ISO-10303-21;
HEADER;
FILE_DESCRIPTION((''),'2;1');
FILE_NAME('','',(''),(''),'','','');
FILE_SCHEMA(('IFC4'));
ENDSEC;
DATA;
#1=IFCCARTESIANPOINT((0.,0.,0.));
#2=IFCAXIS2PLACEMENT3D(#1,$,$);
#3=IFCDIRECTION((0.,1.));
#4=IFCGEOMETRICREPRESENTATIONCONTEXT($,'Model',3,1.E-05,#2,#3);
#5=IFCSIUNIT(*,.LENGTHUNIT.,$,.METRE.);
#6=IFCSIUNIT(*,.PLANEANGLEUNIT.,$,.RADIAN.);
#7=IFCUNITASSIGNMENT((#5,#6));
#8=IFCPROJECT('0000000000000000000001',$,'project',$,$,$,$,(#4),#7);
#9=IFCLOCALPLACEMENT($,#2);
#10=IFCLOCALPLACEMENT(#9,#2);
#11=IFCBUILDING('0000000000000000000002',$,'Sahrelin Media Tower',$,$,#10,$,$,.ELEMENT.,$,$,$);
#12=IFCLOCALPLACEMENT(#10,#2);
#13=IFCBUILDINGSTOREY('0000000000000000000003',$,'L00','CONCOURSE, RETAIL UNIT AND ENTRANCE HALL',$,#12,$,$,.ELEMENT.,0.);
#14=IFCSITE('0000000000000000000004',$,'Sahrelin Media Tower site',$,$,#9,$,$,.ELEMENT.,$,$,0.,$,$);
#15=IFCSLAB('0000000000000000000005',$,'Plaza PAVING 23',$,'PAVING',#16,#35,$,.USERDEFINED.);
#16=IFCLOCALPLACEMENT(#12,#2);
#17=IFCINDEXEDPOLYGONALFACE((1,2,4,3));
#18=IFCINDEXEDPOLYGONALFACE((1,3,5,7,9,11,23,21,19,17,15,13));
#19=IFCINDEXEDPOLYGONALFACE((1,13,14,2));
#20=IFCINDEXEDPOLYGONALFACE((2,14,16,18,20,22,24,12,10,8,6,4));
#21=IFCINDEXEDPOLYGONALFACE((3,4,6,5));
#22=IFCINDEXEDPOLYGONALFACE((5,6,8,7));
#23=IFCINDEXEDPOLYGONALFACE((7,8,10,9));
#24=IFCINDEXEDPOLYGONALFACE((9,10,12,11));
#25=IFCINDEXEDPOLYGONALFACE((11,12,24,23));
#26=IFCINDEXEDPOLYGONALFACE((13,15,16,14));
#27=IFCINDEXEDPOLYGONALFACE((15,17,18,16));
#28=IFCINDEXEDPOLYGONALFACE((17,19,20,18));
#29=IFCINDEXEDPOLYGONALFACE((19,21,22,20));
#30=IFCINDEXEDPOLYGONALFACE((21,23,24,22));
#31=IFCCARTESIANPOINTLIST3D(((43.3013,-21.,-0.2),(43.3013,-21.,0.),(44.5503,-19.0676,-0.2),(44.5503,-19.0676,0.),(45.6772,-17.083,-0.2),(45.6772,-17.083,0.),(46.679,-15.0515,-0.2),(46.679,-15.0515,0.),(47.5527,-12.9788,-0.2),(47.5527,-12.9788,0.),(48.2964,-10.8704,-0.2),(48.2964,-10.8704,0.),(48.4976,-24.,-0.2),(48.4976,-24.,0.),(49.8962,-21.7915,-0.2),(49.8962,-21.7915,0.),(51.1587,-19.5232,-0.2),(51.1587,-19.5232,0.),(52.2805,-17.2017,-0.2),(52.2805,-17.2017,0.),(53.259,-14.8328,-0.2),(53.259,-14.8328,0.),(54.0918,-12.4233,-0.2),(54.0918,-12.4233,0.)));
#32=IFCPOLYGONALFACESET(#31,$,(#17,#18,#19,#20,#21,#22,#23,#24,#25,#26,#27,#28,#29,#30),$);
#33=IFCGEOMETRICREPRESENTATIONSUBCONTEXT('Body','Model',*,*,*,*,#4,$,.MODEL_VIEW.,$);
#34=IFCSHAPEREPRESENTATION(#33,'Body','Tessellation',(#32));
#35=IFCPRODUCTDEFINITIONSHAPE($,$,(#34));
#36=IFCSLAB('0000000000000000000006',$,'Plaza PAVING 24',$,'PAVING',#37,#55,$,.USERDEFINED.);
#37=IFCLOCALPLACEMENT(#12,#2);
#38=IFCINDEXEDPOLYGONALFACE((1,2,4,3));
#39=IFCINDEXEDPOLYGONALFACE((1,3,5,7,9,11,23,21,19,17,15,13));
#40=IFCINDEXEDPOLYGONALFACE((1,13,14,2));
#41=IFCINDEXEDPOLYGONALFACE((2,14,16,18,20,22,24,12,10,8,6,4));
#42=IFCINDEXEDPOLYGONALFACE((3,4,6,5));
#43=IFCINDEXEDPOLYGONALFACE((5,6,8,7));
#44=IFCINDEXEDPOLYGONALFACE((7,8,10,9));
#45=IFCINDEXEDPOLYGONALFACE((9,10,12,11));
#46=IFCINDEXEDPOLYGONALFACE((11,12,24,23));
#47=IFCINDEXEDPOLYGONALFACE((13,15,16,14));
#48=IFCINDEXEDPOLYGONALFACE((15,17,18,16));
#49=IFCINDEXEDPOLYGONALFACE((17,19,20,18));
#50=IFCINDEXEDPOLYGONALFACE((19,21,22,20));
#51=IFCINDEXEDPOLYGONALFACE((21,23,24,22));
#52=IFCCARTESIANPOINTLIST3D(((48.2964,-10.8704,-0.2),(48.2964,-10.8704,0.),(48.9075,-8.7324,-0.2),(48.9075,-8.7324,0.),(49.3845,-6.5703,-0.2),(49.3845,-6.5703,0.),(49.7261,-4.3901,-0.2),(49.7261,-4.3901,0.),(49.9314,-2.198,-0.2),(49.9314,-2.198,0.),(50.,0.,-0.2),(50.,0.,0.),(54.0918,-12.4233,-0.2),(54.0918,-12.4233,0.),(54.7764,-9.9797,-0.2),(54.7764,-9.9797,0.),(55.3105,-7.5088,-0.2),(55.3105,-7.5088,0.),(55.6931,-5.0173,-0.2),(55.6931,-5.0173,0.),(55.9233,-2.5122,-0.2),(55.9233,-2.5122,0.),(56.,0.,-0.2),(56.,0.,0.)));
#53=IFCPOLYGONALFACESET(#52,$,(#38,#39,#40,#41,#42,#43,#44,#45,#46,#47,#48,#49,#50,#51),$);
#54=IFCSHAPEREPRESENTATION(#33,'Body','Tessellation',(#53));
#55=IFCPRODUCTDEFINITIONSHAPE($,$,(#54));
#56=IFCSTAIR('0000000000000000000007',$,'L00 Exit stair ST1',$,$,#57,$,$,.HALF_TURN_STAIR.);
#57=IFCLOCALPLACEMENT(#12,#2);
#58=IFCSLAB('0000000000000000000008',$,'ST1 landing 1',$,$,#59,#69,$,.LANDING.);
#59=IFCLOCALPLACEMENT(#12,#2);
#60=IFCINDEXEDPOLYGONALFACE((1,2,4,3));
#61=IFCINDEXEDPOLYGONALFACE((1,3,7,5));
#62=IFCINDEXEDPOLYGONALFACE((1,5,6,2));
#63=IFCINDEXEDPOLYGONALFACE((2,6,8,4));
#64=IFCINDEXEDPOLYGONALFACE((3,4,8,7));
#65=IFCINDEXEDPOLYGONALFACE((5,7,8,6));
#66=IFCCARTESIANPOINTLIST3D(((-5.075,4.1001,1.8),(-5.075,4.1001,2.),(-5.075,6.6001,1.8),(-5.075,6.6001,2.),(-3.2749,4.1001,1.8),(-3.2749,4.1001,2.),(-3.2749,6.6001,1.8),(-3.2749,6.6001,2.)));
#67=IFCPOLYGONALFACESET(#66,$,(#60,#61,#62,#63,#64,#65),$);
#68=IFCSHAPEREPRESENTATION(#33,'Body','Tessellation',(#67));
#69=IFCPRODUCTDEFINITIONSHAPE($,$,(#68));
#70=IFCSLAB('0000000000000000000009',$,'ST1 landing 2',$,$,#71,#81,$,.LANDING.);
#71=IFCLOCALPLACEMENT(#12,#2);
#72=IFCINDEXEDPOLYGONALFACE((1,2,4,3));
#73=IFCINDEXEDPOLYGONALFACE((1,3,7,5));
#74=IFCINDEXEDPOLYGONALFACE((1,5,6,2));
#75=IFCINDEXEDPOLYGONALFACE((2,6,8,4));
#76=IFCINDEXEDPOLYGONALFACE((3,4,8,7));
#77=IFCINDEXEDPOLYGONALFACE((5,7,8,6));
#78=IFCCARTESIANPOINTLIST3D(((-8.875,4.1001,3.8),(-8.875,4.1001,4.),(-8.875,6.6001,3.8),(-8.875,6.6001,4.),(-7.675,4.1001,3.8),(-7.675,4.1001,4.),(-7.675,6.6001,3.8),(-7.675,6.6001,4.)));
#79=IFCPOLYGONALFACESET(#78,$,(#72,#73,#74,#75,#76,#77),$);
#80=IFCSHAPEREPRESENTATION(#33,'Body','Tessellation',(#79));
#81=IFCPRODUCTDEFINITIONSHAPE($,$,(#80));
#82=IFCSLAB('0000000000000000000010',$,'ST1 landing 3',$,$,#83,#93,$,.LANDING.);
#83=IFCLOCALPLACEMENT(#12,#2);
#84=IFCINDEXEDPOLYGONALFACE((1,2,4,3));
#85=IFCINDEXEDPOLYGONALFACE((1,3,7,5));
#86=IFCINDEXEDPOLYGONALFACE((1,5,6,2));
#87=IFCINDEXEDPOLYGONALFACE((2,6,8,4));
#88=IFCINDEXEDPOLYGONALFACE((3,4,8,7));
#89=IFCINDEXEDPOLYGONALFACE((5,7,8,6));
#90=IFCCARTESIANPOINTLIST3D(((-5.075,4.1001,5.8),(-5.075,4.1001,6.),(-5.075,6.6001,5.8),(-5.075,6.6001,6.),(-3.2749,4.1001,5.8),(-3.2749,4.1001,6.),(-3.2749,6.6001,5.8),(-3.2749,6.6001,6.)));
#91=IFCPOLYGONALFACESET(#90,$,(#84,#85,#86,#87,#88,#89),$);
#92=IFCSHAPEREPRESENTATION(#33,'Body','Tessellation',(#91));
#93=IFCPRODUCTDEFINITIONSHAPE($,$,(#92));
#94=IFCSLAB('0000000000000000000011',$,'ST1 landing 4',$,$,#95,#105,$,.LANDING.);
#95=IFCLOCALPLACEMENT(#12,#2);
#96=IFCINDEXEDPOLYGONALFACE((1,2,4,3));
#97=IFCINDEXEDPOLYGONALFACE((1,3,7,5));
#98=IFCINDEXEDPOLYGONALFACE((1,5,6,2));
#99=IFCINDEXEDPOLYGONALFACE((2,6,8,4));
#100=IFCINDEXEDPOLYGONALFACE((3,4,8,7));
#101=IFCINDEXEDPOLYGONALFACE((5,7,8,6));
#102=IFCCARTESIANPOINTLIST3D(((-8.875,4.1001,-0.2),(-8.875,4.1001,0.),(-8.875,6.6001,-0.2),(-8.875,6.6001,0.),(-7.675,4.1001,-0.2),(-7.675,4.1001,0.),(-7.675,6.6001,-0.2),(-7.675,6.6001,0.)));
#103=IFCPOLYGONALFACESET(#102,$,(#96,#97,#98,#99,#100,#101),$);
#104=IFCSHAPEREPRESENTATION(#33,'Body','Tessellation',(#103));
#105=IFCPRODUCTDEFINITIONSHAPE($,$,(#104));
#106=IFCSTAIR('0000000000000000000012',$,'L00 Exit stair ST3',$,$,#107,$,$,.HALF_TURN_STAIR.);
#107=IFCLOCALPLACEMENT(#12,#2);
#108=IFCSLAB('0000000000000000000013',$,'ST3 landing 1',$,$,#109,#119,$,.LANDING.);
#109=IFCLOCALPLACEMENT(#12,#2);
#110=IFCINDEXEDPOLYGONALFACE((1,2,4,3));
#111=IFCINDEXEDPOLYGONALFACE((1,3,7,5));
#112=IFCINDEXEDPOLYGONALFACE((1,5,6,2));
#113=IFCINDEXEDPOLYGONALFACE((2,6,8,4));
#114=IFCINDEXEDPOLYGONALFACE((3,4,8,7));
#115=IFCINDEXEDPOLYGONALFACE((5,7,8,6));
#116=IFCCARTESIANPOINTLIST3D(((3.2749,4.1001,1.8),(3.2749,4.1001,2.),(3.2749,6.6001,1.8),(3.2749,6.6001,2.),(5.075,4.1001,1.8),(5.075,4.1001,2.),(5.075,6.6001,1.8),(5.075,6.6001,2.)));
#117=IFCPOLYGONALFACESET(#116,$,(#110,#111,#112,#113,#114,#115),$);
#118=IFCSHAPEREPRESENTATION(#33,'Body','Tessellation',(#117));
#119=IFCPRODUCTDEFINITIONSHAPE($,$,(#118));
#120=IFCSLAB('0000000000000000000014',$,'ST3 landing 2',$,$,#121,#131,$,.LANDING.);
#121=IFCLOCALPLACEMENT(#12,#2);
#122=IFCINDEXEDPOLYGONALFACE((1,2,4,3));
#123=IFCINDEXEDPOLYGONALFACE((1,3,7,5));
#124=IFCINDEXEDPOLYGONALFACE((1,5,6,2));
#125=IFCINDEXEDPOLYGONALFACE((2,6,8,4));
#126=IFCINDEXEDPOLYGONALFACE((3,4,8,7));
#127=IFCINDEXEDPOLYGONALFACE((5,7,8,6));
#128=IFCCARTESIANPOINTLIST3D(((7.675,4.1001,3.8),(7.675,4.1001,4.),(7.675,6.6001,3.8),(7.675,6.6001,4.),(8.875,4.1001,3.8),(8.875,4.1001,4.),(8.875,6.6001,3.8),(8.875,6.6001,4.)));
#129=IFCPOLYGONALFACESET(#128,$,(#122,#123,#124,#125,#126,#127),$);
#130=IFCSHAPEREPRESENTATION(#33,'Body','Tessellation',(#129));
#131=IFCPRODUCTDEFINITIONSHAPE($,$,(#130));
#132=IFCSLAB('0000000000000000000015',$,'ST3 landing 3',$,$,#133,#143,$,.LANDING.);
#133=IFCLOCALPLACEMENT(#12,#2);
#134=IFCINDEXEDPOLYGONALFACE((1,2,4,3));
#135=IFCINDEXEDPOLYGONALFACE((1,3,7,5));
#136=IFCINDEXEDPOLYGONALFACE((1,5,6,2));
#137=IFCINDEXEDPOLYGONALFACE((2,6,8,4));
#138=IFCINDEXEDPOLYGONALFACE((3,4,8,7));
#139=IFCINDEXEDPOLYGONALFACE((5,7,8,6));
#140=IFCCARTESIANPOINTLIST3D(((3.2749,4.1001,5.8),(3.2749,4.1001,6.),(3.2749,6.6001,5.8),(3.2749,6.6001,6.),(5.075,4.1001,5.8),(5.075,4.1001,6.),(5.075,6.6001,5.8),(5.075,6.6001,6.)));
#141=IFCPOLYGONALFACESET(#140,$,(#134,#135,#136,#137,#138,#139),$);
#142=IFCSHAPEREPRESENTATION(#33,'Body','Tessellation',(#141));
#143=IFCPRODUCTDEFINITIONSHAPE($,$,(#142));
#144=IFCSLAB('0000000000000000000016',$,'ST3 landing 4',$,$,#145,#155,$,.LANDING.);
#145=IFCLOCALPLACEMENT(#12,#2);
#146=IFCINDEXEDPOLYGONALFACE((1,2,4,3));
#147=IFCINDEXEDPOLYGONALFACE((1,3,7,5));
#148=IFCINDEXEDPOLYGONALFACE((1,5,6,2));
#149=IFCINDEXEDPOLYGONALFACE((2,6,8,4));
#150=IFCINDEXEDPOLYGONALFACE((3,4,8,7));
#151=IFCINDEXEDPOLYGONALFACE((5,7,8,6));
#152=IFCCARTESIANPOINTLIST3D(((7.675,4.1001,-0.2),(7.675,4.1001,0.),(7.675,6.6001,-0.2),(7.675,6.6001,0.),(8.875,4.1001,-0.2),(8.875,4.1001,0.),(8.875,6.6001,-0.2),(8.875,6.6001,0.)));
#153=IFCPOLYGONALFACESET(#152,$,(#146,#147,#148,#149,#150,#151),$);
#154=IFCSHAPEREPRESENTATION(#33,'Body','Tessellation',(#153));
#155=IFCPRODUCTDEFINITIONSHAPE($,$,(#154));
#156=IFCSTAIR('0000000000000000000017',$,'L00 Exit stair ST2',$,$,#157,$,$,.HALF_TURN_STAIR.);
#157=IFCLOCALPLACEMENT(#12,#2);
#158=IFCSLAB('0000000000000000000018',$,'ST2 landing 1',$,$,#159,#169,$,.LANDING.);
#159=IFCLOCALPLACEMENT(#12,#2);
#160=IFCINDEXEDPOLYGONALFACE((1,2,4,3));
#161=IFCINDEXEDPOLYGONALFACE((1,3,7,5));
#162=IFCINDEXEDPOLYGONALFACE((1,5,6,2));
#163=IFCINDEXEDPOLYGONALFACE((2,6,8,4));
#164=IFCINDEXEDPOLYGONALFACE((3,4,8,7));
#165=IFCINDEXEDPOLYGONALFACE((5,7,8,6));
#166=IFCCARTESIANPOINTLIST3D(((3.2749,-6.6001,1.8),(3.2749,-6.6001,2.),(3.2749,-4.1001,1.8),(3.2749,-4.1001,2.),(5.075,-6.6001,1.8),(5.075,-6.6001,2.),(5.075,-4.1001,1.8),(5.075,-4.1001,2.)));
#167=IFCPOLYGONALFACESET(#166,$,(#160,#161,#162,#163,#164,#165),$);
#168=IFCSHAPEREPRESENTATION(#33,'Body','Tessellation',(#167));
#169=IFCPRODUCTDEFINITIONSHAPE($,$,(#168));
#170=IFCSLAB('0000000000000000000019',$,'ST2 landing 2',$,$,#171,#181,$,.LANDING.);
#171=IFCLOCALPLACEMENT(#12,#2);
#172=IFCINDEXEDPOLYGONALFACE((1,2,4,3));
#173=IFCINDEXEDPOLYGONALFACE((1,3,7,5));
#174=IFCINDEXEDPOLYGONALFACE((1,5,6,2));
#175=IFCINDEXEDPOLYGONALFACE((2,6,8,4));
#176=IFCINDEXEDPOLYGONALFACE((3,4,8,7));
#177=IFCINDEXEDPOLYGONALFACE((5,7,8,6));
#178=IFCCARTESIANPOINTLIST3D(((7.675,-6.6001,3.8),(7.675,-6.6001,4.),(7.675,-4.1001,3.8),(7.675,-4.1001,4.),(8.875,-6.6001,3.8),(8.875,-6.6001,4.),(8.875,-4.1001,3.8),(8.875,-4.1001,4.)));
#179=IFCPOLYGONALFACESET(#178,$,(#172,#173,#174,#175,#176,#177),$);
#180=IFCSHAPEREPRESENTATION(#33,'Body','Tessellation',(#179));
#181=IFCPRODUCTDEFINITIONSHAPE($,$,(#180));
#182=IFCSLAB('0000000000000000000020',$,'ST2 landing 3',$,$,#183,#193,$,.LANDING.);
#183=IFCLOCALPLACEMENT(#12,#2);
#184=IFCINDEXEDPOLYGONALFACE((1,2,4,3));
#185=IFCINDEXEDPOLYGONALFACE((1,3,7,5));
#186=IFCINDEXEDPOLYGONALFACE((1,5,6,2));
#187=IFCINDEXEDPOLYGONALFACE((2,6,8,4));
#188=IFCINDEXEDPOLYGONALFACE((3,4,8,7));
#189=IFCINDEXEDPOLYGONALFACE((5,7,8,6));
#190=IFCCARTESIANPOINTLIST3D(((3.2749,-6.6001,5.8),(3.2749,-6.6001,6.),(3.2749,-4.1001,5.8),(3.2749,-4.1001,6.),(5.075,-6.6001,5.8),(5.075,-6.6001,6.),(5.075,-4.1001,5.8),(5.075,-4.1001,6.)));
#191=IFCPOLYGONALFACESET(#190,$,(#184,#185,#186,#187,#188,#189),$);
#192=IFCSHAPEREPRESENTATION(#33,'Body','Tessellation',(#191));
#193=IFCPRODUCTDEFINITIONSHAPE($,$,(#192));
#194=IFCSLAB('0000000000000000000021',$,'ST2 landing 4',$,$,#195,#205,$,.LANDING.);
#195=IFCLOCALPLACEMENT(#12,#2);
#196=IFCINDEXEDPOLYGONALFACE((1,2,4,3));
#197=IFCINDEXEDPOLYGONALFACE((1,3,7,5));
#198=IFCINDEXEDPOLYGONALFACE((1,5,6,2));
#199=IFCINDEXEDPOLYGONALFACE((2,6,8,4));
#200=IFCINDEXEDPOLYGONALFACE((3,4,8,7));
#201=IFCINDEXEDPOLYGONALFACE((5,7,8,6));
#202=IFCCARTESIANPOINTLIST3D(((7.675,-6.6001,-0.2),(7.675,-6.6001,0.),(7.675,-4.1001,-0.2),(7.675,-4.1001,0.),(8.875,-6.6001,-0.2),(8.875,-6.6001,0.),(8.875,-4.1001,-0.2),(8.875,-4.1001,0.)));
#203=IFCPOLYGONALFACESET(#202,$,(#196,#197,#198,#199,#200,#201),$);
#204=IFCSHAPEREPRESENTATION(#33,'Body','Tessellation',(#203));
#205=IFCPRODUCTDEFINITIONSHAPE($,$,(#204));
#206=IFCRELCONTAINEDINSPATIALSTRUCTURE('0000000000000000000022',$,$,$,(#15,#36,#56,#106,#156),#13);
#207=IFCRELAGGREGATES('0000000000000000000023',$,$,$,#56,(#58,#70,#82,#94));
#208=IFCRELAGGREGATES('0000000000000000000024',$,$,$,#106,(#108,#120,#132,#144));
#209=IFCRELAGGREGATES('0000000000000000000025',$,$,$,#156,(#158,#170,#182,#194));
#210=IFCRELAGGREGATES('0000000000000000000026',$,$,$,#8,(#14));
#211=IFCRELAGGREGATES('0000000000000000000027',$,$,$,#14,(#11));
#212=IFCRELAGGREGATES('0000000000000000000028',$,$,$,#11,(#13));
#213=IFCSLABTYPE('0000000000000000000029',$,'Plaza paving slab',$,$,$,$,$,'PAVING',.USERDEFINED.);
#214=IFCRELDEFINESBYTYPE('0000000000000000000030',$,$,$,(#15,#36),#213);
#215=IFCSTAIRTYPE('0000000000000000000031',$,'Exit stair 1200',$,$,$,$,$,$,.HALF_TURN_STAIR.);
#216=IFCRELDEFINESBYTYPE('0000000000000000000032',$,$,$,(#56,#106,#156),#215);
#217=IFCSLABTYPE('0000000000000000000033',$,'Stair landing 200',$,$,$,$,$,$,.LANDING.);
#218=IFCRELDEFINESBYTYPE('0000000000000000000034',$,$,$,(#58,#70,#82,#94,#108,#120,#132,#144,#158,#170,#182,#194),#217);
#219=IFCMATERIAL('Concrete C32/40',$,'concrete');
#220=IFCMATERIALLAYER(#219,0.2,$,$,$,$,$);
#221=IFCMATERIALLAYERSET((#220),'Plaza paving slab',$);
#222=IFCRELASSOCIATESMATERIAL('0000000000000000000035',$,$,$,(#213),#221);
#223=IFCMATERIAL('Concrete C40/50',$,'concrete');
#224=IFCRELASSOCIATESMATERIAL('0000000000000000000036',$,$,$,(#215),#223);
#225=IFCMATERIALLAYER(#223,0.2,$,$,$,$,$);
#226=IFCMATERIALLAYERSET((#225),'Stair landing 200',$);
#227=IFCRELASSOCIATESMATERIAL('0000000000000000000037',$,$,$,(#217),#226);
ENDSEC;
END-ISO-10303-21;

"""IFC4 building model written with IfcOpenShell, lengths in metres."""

from ifc_helpers import new_model, si_unit, direction, frame, origin, place, context, subcontext, project, spatial, polyline, outline, extrude, material, layer, layer_set, type_object, element, aggregate, save


model = new_model("IFC4")

# Units and contexts
model_context = context("Model", 3, precision=1e-05, world=origin(), true_north=direction((0.0, 1.0)))
body_context = subcontext(model_context, "Body", "Model", "MODEL_VIEW")
ifc_project = project(units=[si_unit("LENGTHUNIT", "METRE"), si_unit("PLANEANGLEUNIT", "RADIAN")], contexts=[model_context])

# Site, building, storey
site_placement = place(None, origin())
site = spatial("IfcSite", under=ifc_project, at=site_placement, Name="Sahrelin Media Tower site", CompositionType="ELEMENT", RefElevation=0.0)
building_placement = place(site_placement, origin())
building = spatial("IfcBuilding", under=site, at=building_placement, Name="Sahrelin Media Tower", CompositionType="ELEMENT")
storey_placement = place(building_placement, origin())
storey = spatial("IfcBuildingStorey", under=building, at=storey_placement, Name="L00", Description="CONCOURSE, RETAIL UNIT AND ENTRANCE HALL", CompositionType="ELEMENT", Elevation=0.0)

# Slabs
ifc_material_1 = material(Name="Concrete C32/40", Category="concrete")
ifc_layer_1 = layer(ifc_material_1, 0.2)
ifc_layer_set_1 = layer_set([ifc_layer_1], Name="Plaza paving slab")
slab_type_1 = type_object("IfcSlabType", Name="Plaza paving slab", ElementType="PAVING", PredefinedType="USERDEFINED", material=ifc_layer_set_1)
placement_1 = place(storey_placement, frame((0.0, 0.0, -0.2)))
element("IfcSlab", 1, at=placement_1, inside=storey, type_object=slab_type_1, Name="Plaza PAVING 23", ObjectType="PAVING", PredefinedType="USERDEFINED", context=body_context, shape_type="SweptSolid", body=[
    extrude(outline(polyline([(43.3013, -21.0), (44.5503, -19.0676), (45.6772, -17.083), (46.679, -15.0515), (47.5527, -12.9788), (48.2964, -10.8704), (54.0918, -12.4233), (53.259, -14.8328), (52.2805, -17.2017), (51.1587, -19.5232), (49.8962, -21.7915), (48.4976, -24.0), (43.3013, -21.0)])), origin(), (0.0, 0.0, 1.0), 0.2),
])
element("IfcSlab", 2, at=placement_1, inside=storey, type_object=slab_type_1, Name="Plaza PAVING 24", ObjectType="PAVING", PredefinedType="USERDEFINED", context=body_context, shape_type="SweptSolid", body=[
    extrude(outline(polyline([(48.2964, -10.8704), (48.9075, -8.7324), (49.3845, -6.5703), (49.7261, -4.3901), (49.9314, -2.198), (50.0, 0.0), (56.0, 0.0), (55.9233, -2.5122), (55.6931, -5.0173), (55.3105, -7.5088), (54.7764, -9.9797), (54.0918, -12.4233), (48.2964, -10.8704)])), origin(), (0.0, 0.0, 1.0), 0.2),
])

# Stairs, slabs
ifc_material_2 = material(Name="Concrete C40/50", Category="concrete")
stair_type_1 = type_object("IfcStairType", Name="Exit stair 1200", PredefinedType="HALF_TURN_STAIR", material=ifc_material_2)
placement_2 = place(storey_placement, origin())
stair_1 = element("IfcStair", 3, at=placement_2, inside=storey, type_object=stair_type_1, Name="L00 Exit stair ST1", PredefinedType="HALF_TURN_STAIR")
ifc_layer_2 = layer(ifc_material_2, 0.2)
ifc_layer_set_2 = layer_set([ifc_layer_2], Name="Stair landing 200")
slab_type_2 = type_object("IfcSlabType", Name="Stair landing 200", PredefinedType="LANDING", material=ifc_layer_set_2)
placement_3 = place(storey_placement, frame((0.0, 0.0, 1.8)))
slab_1 = element("IfcSlab", 4, at=placement_3, type_object=slab_type_2, Name="ST1 landing 1", PredefinedType="LANDING", context=body_context, shape_type="SweptSolid", body=[
    extrude(outline(polyline([(-5.075, 4.1001), (-3.2749, 4.1001), (-3.2749, 6.6001), (-5.075, 6.6001), (-5.075, 4.1001)])), origin(), (0.0, 0.0, 1.0), 0.2),
])
placement_4 = place(storey_placement, frame((0.0, 0.0, 3.8)))
slab_2 = element("IfcSlab", 5, at=placement_4, type_object=slab_type_2, Name="ST1 landing 2", PredefinedType="LANDING", context=body_context, shape_type="SweptSolid", body=[
    extrude(outline(polyline([(-8.875, 4.1001), (-7.675, 4.1001), (-7.675, 6.6001), (-8.875, 6.6001), (-8.875, 4.1001)])), origin(), (0.0, 0.0, 1.0), 0.2),
])
placement_5 = place(storey_placement, frame((0.0, 0.0, 5.8)))
slab_3 = element("IfcSlab", 6, at=placement_5, type_object=slab_type_2, Name="ST1 landing 3", PredefinedType="LANDING", context=body_context, shape_type="SweptSolid", body=[
    extrude(outline(polyline([(-5.075, 4.1001), (-3.2749, 4.1001), (-3.2749, 6.6001), (-5.075, 6.6001), (-5.075, 4.1001)])), origin(), (0.0, 0.0, 1.0), 0.2),
])
slab_4 = element("IfcSlab", 7, at=placement_1, type_object=slab_type_2, Name="ST1 landing 4", PredefinedType="LANDING", context=body_context, shape_type="SweptSolid", body=[
    extrude(outline(polyline([(-8.875, 4.1001), (-7.675, 4.1001), (-7.675, 6.6001), (-8.875, 6.6001), (-8.875, 4.1001)])), origin(), (0.0, 0.0, 1.0), 0.2),
])
aggregate(stair_1, [slab_1, slab_2, slab_3, slab_4])
stair_2 = element("IfcStair", 8, at=placement_2, inside=storey, type_object=stair_type_1, Name="L00 Exit stair ST3", PredefinedType="HALF_TURN_STAIR")
slab_5 = element("IfcSlab", 9, at=placement_3, type_object=slab_type_2, Name="ST3 landing 1", PredefinedType="LANDING", context=body_context, shape_type="SweptSolid", body=[
    extrude(outline(polyline([(5.075, 6.6001), (3.2749, 6.6001), (3.2749, 4.1001), (5.075, 4.1001), (5.075, 6.6001)])), origin(), (0.0, 0.0, 1.0), 0.2),
])
slab_6 = element("IfcSlab", 10, at=placement_4, type_object=slab_type_2, Name="ST3 landing 2", PredefinedType="LANDING", context=body_context, shape_type="SweptSolid", body=[
    extrude(outline(polyline([(8.875, 6.6001), (7.675, 6.6001), (7.675, 4.1001), (8.875, 4.1001), (8.875, 6.6001)])), origin(), (0.0, 0.0, 1.0), 0.2),
])
slab_7 = element("IfcSlab", 11, at=placement_5, type_object=slab_type_2, Name="ST3 landing 3", PredefinedType="LANDING", context=body_context, shape_type="SweptSolid", body=[
    extrude(outline(polyline([(5.075, 6.6001), (3.2749, 6.6001), (3.2749, 4.1001), (5.075, 4.1001), (5.075, 6.6001)])), origin(), (0.0, 0.0, 1.0), 0.2),
])
slab_8 = element("IfcSlab", 12, at=placement_1, type_object=slab_type_2, Name="ST3 landing 4", PredefinedType="LANDING", context=body_context, shape_type="SweptSolid", body=[
    extrude(outline(polyline([(8.875, 6.6001), (7.675, 6.6001), (7.675, 4.1001), (8.875, 4.1001), (8.875, 6.6001)])), origin(), (0.0, 0.0, 1.0), 0.2),
])
aggregate(stair_2, [slab_5, slab_6, slab_7, slab_8])
stair_3 = element("IfcStair", 13, at=placement_2, inside=storey, type_object=stair_type_1, Name="L00 Exit stair ST2", PredefinedType="HALF_TURN_STAIR")
slab_9 = element("IfcSlab", 14, at=placement_3, type_object=slab_type_2, Name="ST2 landing 1", PredefinedType="LANDING", context=body_context, shape_type="SweptSolid", body=[
    extrude(outline(polyline([(5.075, -4.1001), (3.2749, -4.1001), (3.2749, -6.6001), (5.075, -6.6001), (5.075, -4.1001)])), origin(), (0.0, 0.0, 1.0), 0.2),
])
slab_10 = element("IfcSlab", 15, at=placement_4, type_object=slab_type_2, Name="ST2 landing 2", PredefinedType="LANDING", context=body_context, shape_type="SweptSolid", body=[
    extrude(outline(polyline([(8.875, -4.1001), (7.675, -4.1001), (7.675, -6.6001), (8.875, -6.6001), (8.875, -4.1001)])), origin(), (0.0, 0.0, 1.0), 0.2),
])
slab_11 = element("IfcSlab", 16, at=placement_5, type_object=slab_type_2, Name="ST2 landing 3", PredefinedType="LANDING", context=body_context, shape_type="SweptSolid", body=[
    extrude(outline(polyline([(5.075, -4.1001), (3.2749, -4.1001), (3.2749, -6.6001), (5.075, -6.6001), (5.075, -4.1001)])), origin(), (0.0, 0.0, 1.0), 0.2),
])
slab_12 = element("IfcSlab", 17, at=placement_1, type_object=slab_type_2, Name="ST2 landing 4", PredefinedType="LANDING", context=body_context, shape_type="SweptSolid", body=[
    extrude(outline(polyline([(8.875, -4.1001), (7.675, -4.1001), (7.675, -6.6001), (8.875, -6.6001), (8.875, -4.1001)])), origin(), (0.0, 0.0, 1.0), 0.2),
])
aggregate(stair_3, [slab_9, slab_10, slab_11, slab_12])

save(model, "model.ifc")
